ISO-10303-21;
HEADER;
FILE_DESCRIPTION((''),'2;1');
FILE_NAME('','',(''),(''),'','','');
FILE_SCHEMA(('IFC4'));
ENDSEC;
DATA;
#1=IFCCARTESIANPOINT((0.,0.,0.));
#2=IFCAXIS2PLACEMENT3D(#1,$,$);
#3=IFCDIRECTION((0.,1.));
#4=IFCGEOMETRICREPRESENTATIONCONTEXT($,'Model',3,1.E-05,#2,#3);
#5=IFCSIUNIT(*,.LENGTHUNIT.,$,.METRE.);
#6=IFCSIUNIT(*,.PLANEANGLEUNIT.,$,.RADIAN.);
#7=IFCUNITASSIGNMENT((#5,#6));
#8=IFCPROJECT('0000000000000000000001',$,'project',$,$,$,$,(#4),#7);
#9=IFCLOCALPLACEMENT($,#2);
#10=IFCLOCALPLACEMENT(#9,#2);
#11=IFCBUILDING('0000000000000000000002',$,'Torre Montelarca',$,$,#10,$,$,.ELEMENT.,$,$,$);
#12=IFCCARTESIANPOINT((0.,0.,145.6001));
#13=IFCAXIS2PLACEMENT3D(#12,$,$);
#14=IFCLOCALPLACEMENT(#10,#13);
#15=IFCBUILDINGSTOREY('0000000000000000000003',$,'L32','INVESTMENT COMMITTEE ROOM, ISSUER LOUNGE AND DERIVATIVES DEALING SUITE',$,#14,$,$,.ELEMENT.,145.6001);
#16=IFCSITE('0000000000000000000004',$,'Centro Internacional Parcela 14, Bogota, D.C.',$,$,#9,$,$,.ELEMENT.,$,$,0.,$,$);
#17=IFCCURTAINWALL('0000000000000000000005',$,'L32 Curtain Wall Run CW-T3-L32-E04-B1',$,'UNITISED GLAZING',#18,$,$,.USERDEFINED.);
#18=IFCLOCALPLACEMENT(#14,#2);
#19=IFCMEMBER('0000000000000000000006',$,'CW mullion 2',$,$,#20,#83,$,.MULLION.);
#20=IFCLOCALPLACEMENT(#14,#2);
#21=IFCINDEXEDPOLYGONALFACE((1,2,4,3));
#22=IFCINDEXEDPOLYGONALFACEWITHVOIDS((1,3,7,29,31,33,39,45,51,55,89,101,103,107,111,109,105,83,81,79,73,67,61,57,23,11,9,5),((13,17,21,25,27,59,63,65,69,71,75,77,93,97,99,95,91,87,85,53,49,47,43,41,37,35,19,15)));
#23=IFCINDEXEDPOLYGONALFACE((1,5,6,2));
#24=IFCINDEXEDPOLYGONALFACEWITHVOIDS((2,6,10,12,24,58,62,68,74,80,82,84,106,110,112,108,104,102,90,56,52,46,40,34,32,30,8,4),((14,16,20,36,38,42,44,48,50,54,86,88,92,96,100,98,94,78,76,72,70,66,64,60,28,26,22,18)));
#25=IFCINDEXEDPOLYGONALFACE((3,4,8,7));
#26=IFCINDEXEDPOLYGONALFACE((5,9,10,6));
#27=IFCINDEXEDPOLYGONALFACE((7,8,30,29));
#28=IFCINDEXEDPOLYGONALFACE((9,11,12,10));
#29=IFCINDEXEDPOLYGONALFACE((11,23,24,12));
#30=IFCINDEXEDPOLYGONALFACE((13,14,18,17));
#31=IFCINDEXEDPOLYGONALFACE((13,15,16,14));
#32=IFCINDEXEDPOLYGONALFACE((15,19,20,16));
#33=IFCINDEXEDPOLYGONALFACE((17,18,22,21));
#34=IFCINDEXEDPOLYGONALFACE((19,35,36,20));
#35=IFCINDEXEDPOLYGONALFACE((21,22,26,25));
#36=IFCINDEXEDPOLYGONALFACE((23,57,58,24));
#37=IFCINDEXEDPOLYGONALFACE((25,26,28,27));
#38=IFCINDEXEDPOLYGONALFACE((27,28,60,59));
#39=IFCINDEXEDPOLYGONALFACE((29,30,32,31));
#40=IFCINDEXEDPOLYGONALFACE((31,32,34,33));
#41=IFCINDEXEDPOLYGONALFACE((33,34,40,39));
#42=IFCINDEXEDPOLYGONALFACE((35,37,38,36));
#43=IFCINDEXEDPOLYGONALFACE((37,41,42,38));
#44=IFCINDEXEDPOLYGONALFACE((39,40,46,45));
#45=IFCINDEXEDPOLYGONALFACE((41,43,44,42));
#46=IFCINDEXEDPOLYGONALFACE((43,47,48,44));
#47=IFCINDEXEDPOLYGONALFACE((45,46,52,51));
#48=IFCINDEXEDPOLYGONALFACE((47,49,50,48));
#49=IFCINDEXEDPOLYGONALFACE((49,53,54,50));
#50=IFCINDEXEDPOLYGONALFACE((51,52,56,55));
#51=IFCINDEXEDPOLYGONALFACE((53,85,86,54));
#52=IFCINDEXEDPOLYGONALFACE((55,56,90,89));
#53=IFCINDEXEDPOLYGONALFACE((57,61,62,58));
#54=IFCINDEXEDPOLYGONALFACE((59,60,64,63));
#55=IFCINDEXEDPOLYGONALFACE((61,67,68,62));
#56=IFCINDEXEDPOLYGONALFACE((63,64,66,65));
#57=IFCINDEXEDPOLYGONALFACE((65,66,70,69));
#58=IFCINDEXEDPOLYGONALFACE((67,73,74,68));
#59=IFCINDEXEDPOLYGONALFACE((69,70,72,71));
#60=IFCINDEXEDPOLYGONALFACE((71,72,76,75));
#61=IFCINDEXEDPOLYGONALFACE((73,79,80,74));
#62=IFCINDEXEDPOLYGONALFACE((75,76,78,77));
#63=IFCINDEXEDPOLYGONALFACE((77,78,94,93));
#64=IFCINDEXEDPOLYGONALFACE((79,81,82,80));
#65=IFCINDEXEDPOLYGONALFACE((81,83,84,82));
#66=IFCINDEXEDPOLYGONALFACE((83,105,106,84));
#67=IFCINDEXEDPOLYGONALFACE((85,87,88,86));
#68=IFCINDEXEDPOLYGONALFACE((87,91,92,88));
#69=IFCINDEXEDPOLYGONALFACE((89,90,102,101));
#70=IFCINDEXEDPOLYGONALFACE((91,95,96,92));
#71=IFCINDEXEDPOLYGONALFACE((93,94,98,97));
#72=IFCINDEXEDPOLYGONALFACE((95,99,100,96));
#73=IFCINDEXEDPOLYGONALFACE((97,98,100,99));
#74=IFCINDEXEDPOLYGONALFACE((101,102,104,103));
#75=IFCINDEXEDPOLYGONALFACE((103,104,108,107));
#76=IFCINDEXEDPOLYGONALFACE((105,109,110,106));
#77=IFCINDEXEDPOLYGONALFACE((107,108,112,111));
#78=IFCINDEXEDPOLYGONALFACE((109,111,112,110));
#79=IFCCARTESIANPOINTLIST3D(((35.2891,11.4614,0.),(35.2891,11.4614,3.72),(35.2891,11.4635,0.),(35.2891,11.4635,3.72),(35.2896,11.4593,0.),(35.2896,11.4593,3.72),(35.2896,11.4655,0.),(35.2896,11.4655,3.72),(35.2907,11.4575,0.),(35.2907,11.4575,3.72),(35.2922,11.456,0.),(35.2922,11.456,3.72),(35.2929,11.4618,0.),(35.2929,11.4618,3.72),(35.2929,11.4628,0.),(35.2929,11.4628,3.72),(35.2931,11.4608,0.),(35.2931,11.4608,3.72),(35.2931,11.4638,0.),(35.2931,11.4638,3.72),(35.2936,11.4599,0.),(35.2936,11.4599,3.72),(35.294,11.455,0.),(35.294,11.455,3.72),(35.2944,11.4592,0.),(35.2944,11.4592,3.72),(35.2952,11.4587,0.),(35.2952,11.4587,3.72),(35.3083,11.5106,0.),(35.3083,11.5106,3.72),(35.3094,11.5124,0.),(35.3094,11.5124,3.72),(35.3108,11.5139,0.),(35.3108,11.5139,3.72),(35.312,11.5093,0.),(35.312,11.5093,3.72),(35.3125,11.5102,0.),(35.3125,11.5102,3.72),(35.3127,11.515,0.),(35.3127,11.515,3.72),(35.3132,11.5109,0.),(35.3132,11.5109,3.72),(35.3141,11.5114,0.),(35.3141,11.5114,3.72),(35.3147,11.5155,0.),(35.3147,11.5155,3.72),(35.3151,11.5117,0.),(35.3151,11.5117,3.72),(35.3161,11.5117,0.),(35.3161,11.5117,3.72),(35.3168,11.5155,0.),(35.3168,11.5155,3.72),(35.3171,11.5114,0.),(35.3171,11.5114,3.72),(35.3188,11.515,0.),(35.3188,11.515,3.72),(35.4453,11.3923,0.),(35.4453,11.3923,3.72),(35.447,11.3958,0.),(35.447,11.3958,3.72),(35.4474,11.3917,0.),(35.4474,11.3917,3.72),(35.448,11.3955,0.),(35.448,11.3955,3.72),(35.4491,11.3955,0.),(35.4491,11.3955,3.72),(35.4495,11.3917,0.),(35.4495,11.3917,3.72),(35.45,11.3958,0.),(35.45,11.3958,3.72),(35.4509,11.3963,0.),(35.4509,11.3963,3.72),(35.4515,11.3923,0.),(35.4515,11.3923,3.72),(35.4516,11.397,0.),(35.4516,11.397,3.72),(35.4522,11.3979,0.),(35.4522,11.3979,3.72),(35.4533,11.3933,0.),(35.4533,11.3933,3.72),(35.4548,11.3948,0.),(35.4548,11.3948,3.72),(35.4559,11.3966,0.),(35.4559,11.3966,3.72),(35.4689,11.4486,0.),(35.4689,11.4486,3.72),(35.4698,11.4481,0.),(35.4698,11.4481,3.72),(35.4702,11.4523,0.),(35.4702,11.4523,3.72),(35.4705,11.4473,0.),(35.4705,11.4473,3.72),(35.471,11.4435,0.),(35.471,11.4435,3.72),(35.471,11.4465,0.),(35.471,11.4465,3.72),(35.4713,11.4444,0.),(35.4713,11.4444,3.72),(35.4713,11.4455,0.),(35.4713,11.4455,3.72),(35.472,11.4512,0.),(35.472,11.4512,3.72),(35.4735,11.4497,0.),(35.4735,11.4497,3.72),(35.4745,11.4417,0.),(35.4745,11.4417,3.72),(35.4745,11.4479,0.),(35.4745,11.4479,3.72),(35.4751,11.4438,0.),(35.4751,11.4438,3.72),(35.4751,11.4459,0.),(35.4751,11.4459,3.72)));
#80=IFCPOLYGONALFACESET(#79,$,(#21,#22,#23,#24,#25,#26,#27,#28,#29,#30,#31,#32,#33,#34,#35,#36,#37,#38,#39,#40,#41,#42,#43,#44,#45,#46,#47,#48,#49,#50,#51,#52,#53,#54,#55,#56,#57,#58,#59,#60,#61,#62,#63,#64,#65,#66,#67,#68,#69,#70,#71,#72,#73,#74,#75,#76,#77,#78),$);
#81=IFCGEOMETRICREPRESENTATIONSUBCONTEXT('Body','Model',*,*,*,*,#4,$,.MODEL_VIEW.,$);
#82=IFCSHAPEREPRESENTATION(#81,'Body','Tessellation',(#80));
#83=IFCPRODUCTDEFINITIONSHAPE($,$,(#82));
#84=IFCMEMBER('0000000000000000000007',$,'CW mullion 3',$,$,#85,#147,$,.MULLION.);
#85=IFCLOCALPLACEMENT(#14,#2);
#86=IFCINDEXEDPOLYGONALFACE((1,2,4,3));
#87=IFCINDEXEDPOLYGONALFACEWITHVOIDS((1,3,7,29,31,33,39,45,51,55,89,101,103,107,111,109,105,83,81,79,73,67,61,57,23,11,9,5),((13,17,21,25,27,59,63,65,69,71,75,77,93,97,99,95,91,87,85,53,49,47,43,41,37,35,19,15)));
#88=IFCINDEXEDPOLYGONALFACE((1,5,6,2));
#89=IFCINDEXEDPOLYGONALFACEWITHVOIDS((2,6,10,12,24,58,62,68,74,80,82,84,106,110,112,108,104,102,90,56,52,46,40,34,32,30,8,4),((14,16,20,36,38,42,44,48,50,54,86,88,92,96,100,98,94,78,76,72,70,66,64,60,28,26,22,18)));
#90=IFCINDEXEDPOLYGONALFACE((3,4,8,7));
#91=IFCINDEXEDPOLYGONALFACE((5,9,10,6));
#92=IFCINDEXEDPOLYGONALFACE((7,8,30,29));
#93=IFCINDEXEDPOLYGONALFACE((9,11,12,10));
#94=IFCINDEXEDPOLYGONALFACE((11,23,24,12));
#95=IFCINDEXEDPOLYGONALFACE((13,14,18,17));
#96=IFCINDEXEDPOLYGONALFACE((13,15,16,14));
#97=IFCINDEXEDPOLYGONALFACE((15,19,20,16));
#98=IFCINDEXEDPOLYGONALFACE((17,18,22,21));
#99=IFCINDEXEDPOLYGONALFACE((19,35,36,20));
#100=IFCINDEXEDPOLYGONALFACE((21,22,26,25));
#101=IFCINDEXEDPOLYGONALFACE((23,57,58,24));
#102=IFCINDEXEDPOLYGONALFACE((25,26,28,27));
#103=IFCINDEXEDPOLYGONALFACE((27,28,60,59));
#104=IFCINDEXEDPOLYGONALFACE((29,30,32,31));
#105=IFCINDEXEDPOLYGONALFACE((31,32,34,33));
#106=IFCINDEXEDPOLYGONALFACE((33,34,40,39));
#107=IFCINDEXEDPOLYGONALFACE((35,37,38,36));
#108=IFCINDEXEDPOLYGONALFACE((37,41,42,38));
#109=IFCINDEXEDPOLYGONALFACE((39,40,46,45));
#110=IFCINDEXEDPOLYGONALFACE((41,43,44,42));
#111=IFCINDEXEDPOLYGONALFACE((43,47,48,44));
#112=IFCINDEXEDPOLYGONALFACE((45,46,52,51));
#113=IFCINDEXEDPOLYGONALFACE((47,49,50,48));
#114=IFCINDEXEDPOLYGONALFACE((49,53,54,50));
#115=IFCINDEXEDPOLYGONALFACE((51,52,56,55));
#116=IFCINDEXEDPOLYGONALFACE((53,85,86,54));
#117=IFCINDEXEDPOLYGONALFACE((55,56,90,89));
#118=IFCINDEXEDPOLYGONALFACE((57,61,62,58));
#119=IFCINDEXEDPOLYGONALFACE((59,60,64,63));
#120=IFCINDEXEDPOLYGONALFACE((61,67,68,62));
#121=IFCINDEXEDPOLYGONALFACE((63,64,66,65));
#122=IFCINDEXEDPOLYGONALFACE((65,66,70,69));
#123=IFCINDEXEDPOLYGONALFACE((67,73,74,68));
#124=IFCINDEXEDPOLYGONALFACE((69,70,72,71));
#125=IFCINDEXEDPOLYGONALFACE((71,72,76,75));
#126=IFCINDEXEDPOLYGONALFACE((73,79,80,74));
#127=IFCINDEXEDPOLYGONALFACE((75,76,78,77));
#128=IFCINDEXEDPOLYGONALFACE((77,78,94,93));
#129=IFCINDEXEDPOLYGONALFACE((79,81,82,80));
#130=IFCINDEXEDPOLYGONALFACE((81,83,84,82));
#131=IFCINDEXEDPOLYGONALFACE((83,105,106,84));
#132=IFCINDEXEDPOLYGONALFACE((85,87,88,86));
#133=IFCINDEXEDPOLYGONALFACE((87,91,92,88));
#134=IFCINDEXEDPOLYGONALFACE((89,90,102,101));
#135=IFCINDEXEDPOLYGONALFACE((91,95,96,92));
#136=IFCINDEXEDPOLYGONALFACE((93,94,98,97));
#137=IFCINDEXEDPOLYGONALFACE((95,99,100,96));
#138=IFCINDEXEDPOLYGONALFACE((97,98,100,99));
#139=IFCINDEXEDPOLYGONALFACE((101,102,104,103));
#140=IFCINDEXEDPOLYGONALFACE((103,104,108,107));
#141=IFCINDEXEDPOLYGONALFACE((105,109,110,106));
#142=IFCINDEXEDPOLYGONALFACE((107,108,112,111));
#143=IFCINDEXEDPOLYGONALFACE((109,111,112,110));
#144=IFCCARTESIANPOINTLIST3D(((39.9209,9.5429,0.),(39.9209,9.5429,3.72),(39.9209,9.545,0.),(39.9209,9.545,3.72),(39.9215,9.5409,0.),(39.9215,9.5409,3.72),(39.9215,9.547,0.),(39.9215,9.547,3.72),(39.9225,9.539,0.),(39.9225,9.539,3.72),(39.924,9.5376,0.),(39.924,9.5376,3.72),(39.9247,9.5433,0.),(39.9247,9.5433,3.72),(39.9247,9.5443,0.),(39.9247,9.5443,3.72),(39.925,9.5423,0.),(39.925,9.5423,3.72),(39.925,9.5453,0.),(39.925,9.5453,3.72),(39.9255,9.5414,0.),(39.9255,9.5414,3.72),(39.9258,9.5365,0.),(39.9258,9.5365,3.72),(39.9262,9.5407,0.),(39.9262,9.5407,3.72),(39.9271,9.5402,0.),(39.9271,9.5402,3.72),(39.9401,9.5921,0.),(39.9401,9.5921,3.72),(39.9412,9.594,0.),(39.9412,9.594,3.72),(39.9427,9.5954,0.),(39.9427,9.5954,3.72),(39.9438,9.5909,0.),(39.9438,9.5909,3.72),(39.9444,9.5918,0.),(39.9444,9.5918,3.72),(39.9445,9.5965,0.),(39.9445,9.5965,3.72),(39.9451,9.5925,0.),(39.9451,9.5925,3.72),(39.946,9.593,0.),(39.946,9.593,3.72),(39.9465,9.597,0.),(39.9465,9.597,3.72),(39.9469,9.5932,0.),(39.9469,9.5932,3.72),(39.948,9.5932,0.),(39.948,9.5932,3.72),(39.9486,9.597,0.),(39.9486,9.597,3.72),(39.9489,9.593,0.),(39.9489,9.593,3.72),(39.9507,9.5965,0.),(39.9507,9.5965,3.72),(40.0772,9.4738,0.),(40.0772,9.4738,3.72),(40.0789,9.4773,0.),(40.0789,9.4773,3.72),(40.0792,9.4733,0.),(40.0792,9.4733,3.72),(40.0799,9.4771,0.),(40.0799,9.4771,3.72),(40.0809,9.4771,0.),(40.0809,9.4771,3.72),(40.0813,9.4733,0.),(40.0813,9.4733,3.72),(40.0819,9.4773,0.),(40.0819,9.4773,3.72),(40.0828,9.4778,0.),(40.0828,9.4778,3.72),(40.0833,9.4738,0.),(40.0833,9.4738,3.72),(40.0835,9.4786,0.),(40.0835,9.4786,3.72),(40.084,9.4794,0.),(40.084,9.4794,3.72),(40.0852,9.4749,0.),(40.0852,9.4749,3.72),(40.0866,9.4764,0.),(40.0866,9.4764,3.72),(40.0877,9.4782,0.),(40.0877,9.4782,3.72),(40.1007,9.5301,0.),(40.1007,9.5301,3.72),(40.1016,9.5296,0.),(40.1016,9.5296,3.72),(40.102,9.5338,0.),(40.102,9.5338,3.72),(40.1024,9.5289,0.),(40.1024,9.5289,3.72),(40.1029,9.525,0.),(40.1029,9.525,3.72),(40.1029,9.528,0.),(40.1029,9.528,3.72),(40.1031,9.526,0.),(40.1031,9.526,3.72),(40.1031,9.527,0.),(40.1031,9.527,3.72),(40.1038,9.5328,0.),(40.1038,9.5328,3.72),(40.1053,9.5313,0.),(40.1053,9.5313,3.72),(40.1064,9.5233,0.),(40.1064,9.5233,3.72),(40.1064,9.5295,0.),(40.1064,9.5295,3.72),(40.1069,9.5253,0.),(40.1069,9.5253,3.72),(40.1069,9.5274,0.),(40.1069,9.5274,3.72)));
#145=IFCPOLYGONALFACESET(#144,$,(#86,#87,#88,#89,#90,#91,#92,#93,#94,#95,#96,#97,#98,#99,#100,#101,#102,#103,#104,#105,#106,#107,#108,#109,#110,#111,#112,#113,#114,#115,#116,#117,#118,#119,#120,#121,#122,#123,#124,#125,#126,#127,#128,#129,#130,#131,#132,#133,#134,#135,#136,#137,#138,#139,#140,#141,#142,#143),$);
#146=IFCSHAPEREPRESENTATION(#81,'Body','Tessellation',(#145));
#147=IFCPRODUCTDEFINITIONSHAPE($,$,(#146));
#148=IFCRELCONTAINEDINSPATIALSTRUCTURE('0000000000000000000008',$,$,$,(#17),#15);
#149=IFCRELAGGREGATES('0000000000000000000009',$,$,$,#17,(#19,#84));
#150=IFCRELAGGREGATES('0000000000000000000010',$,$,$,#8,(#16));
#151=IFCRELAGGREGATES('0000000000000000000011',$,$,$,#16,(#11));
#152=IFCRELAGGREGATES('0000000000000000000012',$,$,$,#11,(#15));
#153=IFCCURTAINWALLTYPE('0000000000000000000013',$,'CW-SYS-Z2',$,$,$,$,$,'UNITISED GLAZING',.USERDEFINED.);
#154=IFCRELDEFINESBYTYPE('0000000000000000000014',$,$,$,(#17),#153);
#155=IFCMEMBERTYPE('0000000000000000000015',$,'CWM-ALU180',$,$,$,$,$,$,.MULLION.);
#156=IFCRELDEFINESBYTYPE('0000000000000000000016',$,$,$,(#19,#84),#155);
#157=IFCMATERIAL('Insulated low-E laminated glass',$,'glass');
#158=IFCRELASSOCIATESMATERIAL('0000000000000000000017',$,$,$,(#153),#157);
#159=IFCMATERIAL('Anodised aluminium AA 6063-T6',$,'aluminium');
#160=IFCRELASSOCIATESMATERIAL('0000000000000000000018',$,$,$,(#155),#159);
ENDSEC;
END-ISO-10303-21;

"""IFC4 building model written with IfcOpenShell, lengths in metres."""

from ifc_helpers import new_model, si_unit, direction, frame, origin, origin_2d, place, context, subcontext, project, spatial, hollow_rectangle, extrude, source, transform, mapped, material, material_profile, profile_set, type_object, element, aggregate, save


model = new_model("IFC4")

# Units and contexts
model_context = context("Model", 3, precision=1e-05, world=origin(), true_north=direction((0.0, 1.0)))
body_context = subcontext(model_context, "Body", "Model", "MODEL_VIEW")
ifc_project = project(units=[si_unit("LENGTHUNIT", "METRE"), si_unit("PLANEANGLEUNIT", "RADIAN")], contexts=[model_context])

# Site, building, storey
site_placement = place(None, origin())
site = spatial("IfcSite", under=ifc_project, at=site_placement, Name="Centro Internacional Parcela 14, Bogota, D.C.", CompositionType="ELEMENT", RefElevation=0.0)
building_placement = place(site_placement, origin())
building = spatial("IfcBuilding", under=site, at=building_placement, Name="Torre Montelarca", CompositionType="ELEMENT")
storey_placement = place(building_placement, frame((0.0, 0.0, 145.6001)))
storey = spatial("IfcBuildingStorey", under=building, at=storey_placement, Name="L32", Description="INVESTMENT COMMITTEE ROOM, ISSUER LOUNGE AND DERIVATIVES DEALING SUITE", CompositionType="ELEMENT", Elevation=145.6001)

# Curtain wall, members
ifc_material_1 = material(Name="Insulated low-E laminated glass", Category="glass")
curtain_wall_type = type_object("IfcCurtainWallType", Name="CW-SYS-Z2", ElementType="UNITISED GLAZING", PredefinedType="USERDEFINED", material=ifc_material_1)
ifc_material_2 = material(Name="Anodised aluminium AA 6063-T6", Category="aluminium")
curtain_wall_1_placement = place(storey_placement, origin())
curtain_wall_1 = element("IfcCurtainWall", 1, at=curtain_wall_1_placement, inside=storey, type_object=curtain_wall_type, Name="L32 Curtain Wall Run CW-T3-L32-E04-B1", ObjectType="UNITISED GLAZING", PredefinedType="USERDEFINED")
ifc_material_profile_1 = material_profile(ifc_material_2, hollow_rectangle(XDim=0.0649, YDim=0.1799, WallThickness=0.0039, InnerFilletRadius=0.0039, OuterFilletRadius=0.0081, at=origin_2d()), Name="ALU65X180X4", Category="aluminium")
ifc_profile_set_1 = profile_set([ifc_material_profile_1], Name="Anodised aluminium AA 6063-T6")
member_type_1 = type_object("IfcMemberType", Name="CWM-ALU180", PredefinedType="MULLION", material=ifc_profile_set_1)
shared_shape_1 = source(origin(), body_context, "Body", "SweptSolid", [
    extrude(hollow_rectangle(XDim=0.0649, YDim=0.1799, WallThickness=0.0039, InnerFilletRadius=0.0039, OuterFilletRadius=0.0081, at=origin_2d()), origin(), (0.0, 0.0, 1.0), 3.72),
])
member_1_placement = place(storey_placement, frame((35.3821, 11.4536, 0.0), z_axis=(0.0, 0.0, 1.0), x_axis=(0.382671, 0.923885, 0.0)))
member_1 = element("IfcMember", 2, at=member_1_placement, type_object=member_type_1, Name="CW mullion 2", PredefinedType="MULLION", context=body_context, shape_type="MappedRepresentation", body=[
    mapped(shared_shape_1, transform((0.0, 0.0, 0.0), scale=1.0)),
])
member_2_placement = place(storey_placement, frame((40.0139, 9.5352, 0.0), z_axis=(0.0, 0.0, 1.0), x_axis=(0.382671, 0.923885, 0.0)))
member_2 = element("IfcMember", 3, at=member_2_placement, type_object=member_type_1, Name="CW mullion 3", PredefinedType="MULLION", context=body_context, shape_type="MappedRepresentation", body=[
    mapped(shared_shape_1, transform((0.0, 0.0, 0.0), scale=1.0)),
])

aggregate(curtain_wall_1, [member_1, member_2])

save(model, "model.ifc")
